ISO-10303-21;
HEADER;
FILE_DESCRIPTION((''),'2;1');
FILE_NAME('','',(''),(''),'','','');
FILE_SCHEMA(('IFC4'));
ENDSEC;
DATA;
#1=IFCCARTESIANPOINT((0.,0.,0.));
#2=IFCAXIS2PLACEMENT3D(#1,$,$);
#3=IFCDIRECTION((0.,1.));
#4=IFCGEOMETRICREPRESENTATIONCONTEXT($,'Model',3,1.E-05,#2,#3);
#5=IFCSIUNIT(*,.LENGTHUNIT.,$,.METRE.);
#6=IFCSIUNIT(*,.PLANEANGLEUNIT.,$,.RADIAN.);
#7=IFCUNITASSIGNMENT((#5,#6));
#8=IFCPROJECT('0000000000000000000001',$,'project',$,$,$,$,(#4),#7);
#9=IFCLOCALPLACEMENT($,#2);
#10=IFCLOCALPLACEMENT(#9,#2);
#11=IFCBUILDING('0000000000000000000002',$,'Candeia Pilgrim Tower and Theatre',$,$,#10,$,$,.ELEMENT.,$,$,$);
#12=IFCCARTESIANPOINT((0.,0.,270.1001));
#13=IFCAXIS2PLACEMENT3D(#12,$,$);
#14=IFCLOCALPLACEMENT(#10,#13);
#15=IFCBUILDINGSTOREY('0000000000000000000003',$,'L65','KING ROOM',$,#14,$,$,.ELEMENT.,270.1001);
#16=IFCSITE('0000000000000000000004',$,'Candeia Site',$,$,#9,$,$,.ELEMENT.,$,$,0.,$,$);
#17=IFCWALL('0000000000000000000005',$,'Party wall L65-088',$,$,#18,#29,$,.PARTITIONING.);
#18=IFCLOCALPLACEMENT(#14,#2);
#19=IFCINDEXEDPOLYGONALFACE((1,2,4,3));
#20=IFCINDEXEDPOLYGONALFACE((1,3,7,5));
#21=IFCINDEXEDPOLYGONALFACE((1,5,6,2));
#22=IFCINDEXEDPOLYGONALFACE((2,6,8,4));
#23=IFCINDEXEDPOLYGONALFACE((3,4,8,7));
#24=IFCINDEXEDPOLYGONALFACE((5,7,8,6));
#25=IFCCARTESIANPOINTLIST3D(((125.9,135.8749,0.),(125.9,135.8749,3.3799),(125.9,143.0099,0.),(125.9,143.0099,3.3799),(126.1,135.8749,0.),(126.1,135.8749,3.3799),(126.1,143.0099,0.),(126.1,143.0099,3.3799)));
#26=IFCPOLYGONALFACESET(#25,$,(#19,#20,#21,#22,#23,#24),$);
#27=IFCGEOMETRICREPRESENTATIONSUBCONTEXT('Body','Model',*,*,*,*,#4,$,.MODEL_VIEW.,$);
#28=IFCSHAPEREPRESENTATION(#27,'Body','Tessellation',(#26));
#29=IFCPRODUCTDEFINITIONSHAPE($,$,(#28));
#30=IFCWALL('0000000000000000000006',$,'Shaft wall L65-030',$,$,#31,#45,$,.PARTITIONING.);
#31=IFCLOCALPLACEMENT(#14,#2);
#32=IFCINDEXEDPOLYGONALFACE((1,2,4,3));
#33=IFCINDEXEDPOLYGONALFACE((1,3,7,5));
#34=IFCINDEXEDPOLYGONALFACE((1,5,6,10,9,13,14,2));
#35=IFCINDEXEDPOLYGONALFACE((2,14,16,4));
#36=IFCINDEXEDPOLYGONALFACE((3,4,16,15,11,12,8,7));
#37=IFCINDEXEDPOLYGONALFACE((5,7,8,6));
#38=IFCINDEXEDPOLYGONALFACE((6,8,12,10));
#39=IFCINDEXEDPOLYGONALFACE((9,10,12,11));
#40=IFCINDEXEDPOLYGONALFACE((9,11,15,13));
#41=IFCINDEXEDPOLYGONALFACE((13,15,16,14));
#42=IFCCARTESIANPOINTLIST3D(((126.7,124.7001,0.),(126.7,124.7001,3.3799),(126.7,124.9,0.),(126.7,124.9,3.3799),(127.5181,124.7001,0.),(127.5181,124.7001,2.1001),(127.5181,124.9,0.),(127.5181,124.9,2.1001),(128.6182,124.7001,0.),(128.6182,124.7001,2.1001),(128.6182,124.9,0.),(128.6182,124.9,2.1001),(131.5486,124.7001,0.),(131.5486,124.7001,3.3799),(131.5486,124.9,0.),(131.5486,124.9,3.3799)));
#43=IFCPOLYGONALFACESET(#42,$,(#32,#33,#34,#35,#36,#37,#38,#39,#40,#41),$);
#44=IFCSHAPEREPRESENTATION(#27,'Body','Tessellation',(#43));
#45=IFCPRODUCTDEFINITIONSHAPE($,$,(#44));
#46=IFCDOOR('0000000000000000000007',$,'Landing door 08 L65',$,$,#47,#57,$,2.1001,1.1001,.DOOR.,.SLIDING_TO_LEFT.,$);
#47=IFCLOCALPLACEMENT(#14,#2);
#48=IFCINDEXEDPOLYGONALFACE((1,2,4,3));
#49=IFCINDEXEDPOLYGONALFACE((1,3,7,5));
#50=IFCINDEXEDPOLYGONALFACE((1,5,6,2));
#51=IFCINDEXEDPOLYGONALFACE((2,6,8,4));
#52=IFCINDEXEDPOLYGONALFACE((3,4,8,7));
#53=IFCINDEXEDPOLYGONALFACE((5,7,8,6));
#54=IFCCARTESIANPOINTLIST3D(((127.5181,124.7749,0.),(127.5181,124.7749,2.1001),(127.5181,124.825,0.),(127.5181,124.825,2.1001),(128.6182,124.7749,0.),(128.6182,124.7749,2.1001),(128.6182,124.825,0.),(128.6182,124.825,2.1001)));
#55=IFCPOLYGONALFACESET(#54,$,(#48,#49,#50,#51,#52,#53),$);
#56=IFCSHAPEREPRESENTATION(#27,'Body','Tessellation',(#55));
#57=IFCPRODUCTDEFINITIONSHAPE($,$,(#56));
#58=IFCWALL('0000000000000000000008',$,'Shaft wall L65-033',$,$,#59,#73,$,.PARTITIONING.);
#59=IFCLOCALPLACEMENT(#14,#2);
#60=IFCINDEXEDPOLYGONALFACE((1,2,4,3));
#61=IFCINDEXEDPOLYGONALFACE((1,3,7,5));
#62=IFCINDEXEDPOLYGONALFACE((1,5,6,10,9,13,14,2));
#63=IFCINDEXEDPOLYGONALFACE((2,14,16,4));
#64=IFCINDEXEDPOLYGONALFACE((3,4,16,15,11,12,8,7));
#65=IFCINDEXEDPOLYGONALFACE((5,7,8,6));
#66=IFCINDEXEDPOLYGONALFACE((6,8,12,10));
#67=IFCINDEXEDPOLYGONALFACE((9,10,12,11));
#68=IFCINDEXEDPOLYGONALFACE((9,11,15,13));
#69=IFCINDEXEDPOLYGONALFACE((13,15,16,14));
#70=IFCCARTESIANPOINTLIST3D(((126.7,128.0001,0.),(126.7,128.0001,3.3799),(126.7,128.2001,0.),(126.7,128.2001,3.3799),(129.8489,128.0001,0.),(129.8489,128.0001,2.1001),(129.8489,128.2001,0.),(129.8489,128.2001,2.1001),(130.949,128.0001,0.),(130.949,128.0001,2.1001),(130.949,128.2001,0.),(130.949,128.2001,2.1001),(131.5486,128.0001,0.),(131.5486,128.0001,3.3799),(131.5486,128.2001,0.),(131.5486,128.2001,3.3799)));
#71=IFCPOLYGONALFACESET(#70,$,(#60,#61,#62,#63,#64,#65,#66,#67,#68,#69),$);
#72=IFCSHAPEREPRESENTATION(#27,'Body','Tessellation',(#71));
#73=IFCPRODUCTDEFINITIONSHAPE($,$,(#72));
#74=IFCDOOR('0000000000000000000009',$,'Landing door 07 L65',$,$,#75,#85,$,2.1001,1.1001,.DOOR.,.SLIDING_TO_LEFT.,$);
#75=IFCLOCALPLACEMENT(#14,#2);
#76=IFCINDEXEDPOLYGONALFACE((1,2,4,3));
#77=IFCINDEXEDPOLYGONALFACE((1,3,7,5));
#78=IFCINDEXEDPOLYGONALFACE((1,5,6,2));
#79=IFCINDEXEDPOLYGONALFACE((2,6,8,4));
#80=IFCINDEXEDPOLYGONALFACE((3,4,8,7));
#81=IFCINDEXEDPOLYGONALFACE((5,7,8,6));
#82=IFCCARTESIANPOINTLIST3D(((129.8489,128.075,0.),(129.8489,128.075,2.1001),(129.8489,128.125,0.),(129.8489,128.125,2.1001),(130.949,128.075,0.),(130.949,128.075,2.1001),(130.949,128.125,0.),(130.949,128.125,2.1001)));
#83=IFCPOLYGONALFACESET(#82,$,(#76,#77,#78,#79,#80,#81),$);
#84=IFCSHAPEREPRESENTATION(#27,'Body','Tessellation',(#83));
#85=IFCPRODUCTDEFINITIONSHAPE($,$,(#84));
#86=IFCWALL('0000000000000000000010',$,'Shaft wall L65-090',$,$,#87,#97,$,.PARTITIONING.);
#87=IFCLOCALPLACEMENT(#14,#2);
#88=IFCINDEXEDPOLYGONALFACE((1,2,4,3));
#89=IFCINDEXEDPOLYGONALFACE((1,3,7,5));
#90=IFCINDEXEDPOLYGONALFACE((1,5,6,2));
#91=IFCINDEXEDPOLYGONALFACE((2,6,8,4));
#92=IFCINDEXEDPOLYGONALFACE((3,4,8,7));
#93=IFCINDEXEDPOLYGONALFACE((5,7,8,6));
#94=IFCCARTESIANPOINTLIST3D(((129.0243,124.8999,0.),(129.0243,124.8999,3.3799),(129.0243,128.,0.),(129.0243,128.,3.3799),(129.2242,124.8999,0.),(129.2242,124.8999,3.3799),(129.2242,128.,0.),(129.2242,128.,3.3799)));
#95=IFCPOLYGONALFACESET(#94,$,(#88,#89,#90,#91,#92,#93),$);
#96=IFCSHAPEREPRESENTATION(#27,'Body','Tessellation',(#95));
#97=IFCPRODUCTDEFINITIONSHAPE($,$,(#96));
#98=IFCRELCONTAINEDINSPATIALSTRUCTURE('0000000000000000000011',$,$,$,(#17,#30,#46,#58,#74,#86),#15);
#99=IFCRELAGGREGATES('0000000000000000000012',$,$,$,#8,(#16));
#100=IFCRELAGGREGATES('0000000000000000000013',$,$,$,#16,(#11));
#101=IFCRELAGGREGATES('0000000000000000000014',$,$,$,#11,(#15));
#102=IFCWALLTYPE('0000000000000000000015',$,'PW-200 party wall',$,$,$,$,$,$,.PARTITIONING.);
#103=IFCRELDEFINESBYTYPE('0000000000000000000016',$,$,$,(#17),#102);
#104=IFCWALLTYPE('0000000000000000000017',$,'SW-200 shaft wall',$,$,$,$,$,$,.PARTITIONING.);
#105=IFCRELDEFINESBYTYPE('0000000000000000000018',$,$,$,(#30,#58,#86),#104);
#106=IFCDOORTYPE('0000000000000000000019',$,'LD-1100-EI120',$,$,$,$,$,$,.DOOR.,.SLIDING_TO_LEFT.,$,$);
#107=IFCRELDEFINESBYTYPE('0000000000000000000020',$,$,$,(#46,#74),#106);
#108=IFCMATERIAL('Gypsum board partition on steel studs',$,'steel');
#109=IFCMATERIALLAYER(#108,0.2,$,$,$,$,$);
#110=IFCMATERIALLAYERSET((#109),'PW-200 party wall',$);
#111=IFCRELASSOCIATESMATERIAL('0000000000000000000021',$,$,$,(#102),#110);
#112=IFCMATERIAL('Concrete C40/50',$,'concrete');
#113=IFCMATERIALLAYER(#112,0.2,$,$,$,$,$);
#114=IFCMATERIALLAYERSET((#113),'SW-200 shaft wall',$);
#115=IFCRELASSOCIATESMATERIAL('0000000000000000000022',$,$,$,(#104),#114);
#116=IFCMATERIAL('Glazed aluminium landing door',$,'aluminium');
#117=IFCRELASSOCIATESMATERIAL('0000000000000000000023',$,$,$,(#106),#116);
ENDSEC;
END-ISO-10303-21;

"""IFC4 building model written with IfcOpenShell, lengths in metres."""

from ifc_helpers import new_model, si_unit, direction, frame, frame_2d, origin, place, context, subcontext, project, spatial, rectangle, extrude, material, layer, layer_set, type_object, element, fill, save


model = new_model("IFC4")

# Units and contexts
model_context = context("Model", 3, precision=1e-05, world=origin(), true_north=direction((0.0, 1.0)))
body_context = subcontext(model_context, "Body", "Model", "MODEL_VIEW")
ifc_project = project(units=[si_unit("LENGTHUNIT", "METRE"), si_unit("PLANEANGLEUNIT", "RADIAN")], contexts=[model_context])

# Site, building, storey
site_placement = place(None, origin())
site = spatial("IfcSite", under=ifc_project, at=site_placement, Name="Candeia Site", CompositionType="ELEMENT", RefElevation=0.0)
building_placement = place(site_placement, origin())
building = spatial("IfcBuilding", under=site, at=building_placement, Name="Candeia Pilgrim Tower and Theatre", CompositionType="ELEMENT")
storey_placement = place(building_placement, frame((0.0, 0.0, 270.1001)))
storey = spatial("IfcBuildingStorey", under=building, at=storey_placement, Name="L65", Description="KING ROOM", CompositionType="ELEMENT", Elevation=270.1001)

# Shared definitions
ifc_material_1 = material(Name="Concrete C40/50", Category="concrete")

# Shared definitions
ifc_material_2 = material(Name="Gypsum board partition on steel studs", Category="steel")

# Wall
ifc_layer_1 = layer(ifc_material_2, 0.2)
ifc_layer_set_1 = layer_set([ifc_layer_1], Name="PW-200 party wall")
wall_type_1 = type_object("IfcWallType", Name="PW-200 party wall", PredefinedType="PARTITIONING", material=ifc_layer_set_1)
for number, where, z_axis, x_axis, name in (
    (1, (126.0, 135.875, 0.0), (0.0, 0.0, 1.0), (0.0, 1.0, 0.0), "Party wall L65-088"),
):
    element("IfcWall", number, at=place(storey_placement, frame(where, z_axis=z_axis, x_axis=x_axis)), inside=storey, type_object=wall_type_1, Name=name, PredefinedType="PARTITIONING", context=body_context, shape_type="SweptSolid", body=[
        extrude(rectangle(XDim=7.135, YDim=0.2, at=frame_2d((3.5674, 0.0))), origin(), (0.0, 0.0, 1.0), 3.3799),
    ])

# Walls, openings, doors
ifc_layer_2 = layer(ifc_material_1, 0.2)
ifc_layer_set_2 = layer_set([ifc_layer_2], Name="SW-200 shaft wall")
wall_type_2 = type_object("IfcWallType", Name="SW-200 shaft wall", PredefinedType="PARTITIONING", material=ifc_layer_set_2)
wall_1_placement = place(storey_placement, frame((126.7, 124.8, 0.0), z_axis=(0.0, 0.0, 1.0), x_axis=(1.0, 0.0, 0.0)))
wall_1 = element("IfcWall", 2, at=wall_1_placement, inside=storey, type_object=wall_type_2, Name="Shaft wall L65-030", PredefinedType="PARTITIONING", context=body_context, shape_type="SweptSolid", body=[
    extrude(rectangle(XDim=4.8486, YDim=0.2, at=frame_2d((2.4243, 0.0))), origin(), (0.0, 0.0, 1.0), 3.3799),
])
opening_1_placement = place(wall_1_placement, frame((0.8181, 0.0, 0.0)))
opening_1 = element("IfcOpeningElement", 3, at=opening_1_placement, cuts=wall_1, PredefinedType="OPENING", context=body_context, shape_type="SweptSolid", body=[
    extrude(rectangle(XDim=1.1001, YDim=2.1001, at=frame_2d((0.55, 1.05))), frame((0.0, 0.1099, 0.0), z_axis=(0.0, -1.0, 0.0), x_axis=(1.0, 0.0, 0.0)), (0.0, 0.0, 1.0), 0.22),
])
ifc_material_3 = material(Name="Glazed aluminium landing door", Category="aluminium")
door_type_1 = type_object("IfcDoorType", Name="LD-1100-EI120", OperationType="SLIDING_TO_LEFT", PredefinedType="DOOR", material=ifc_material_3)
door_1_placement = place(opening_1_placement, origin())
door_1 = element("IfcDoor", 4, at=door_1_placement, inside=storey, type_object=door_type_1, Name="Landing door 08 L65", OperationType="SLIDING_TO_LEFT", OverallHeight=2.1001, OverallWidth=1.1001, PredefinedType="DOOR", context=body_context, shape_type="SweptSolid", body=[
    extrude(rectangle(XDim=1.1001, YDim=2.1001, at=frame_2d((0.55, 1.05))), frame((0.0, 0.0249, 0.0), z_axis=(0.0, -1.0, 0.0), x_axis=(1.0, 0.0, 0.0)), (0.0, 0.0, 1.0), 0.05),
])
fill(opening_1, door_1)
wall_2_placement = place(storey_placement, frame((126.7, 128.1001, 0.0), z_axis=(0.0, 0.0, 1.0), x_axis=(1.0, 0.0, 0.0)))
wall_2 = element("IfcWall", 5, at=wall_2_placement, inside=storey, type_object=wall_type_2, Name="Shaft wall L65-033", PredefinedType="PARTITIONING", context=body_context, shape_type="SweptSolid", body=[
    extrude(rectangle(XDim=4.8486, YDim=0.2, at=frame_2d((2.4243, 0.0))), origin(), (0.0, 0.0, 1.0), 3.3799),
])
opening_2_placement = place(wall_2_placement, frame((3.1489, 0.0, 0.0)))
opening_2 = element("IfcOpeningElement", 6, at=opening_2_placement, cuts=wall_2, PredefinedType="OPENING", context=body_context, shape_type="SweptSolid", body=[
    extrude(rectangle(XDim=1.1001, YDim=2.1001, at=frame_2d((0.55, 1.05))), frame((0.0, 0.1099, 0.0), z_axis=(0.0, -1.0, 0.0), x_axis=(1.0, 0.0, 0.0)), (0.0, 0.0, 1.0), 0.22),
])
door_2_placement = place(opening_2_placement, origin())
door_2 = element("IfcDoor", 7, at=door_2_placement, inside=storey, type_object=door_type_1, Name="Landing door 07 L65", OperationType="SLIDING_TO_LEFT", OverallHeight=2.1001, OverallWidth=1.1001, PredefinedType="DOOR", context=body_context, shape_type="SweptSolid", body=[
    extrude(rectangle(XDim=1.1001, YDim=2.1001, at=frame_2d((0.55, 1.05))), frame((0.0, 0.0249, 0.0), z_axis=(0.0, -1.0, 0.0), x_axis=(1.0, 0.0, 0.0)), (0.0, 0.0, 1.0), 0.05),
])
fill(opening_2, door_2)

# Wall
wall_3_placement = place(storey_placement, frame((129.1243, 124.8999, 0.0), z_axis=(0.0, 0.0, 1.0), x_axis=(0.0, 1.0, 0.0)))
element("IfcWall", 8, at=wall_3_placement, inside=storey, type_object=wall_type_2, Name="Shaft wall L65-090", PredefinedType="PARTITIONING", context=body_context, shape_type="SweptSolid", body=[
    extrude(rectangle(XDim=3.1001, YDim=0.2, at=frame_2d((1.55, 0.0))), origin(), (0.0, 0.0, 1.0), 3.3799),
])

save(model, "model.ifc")
